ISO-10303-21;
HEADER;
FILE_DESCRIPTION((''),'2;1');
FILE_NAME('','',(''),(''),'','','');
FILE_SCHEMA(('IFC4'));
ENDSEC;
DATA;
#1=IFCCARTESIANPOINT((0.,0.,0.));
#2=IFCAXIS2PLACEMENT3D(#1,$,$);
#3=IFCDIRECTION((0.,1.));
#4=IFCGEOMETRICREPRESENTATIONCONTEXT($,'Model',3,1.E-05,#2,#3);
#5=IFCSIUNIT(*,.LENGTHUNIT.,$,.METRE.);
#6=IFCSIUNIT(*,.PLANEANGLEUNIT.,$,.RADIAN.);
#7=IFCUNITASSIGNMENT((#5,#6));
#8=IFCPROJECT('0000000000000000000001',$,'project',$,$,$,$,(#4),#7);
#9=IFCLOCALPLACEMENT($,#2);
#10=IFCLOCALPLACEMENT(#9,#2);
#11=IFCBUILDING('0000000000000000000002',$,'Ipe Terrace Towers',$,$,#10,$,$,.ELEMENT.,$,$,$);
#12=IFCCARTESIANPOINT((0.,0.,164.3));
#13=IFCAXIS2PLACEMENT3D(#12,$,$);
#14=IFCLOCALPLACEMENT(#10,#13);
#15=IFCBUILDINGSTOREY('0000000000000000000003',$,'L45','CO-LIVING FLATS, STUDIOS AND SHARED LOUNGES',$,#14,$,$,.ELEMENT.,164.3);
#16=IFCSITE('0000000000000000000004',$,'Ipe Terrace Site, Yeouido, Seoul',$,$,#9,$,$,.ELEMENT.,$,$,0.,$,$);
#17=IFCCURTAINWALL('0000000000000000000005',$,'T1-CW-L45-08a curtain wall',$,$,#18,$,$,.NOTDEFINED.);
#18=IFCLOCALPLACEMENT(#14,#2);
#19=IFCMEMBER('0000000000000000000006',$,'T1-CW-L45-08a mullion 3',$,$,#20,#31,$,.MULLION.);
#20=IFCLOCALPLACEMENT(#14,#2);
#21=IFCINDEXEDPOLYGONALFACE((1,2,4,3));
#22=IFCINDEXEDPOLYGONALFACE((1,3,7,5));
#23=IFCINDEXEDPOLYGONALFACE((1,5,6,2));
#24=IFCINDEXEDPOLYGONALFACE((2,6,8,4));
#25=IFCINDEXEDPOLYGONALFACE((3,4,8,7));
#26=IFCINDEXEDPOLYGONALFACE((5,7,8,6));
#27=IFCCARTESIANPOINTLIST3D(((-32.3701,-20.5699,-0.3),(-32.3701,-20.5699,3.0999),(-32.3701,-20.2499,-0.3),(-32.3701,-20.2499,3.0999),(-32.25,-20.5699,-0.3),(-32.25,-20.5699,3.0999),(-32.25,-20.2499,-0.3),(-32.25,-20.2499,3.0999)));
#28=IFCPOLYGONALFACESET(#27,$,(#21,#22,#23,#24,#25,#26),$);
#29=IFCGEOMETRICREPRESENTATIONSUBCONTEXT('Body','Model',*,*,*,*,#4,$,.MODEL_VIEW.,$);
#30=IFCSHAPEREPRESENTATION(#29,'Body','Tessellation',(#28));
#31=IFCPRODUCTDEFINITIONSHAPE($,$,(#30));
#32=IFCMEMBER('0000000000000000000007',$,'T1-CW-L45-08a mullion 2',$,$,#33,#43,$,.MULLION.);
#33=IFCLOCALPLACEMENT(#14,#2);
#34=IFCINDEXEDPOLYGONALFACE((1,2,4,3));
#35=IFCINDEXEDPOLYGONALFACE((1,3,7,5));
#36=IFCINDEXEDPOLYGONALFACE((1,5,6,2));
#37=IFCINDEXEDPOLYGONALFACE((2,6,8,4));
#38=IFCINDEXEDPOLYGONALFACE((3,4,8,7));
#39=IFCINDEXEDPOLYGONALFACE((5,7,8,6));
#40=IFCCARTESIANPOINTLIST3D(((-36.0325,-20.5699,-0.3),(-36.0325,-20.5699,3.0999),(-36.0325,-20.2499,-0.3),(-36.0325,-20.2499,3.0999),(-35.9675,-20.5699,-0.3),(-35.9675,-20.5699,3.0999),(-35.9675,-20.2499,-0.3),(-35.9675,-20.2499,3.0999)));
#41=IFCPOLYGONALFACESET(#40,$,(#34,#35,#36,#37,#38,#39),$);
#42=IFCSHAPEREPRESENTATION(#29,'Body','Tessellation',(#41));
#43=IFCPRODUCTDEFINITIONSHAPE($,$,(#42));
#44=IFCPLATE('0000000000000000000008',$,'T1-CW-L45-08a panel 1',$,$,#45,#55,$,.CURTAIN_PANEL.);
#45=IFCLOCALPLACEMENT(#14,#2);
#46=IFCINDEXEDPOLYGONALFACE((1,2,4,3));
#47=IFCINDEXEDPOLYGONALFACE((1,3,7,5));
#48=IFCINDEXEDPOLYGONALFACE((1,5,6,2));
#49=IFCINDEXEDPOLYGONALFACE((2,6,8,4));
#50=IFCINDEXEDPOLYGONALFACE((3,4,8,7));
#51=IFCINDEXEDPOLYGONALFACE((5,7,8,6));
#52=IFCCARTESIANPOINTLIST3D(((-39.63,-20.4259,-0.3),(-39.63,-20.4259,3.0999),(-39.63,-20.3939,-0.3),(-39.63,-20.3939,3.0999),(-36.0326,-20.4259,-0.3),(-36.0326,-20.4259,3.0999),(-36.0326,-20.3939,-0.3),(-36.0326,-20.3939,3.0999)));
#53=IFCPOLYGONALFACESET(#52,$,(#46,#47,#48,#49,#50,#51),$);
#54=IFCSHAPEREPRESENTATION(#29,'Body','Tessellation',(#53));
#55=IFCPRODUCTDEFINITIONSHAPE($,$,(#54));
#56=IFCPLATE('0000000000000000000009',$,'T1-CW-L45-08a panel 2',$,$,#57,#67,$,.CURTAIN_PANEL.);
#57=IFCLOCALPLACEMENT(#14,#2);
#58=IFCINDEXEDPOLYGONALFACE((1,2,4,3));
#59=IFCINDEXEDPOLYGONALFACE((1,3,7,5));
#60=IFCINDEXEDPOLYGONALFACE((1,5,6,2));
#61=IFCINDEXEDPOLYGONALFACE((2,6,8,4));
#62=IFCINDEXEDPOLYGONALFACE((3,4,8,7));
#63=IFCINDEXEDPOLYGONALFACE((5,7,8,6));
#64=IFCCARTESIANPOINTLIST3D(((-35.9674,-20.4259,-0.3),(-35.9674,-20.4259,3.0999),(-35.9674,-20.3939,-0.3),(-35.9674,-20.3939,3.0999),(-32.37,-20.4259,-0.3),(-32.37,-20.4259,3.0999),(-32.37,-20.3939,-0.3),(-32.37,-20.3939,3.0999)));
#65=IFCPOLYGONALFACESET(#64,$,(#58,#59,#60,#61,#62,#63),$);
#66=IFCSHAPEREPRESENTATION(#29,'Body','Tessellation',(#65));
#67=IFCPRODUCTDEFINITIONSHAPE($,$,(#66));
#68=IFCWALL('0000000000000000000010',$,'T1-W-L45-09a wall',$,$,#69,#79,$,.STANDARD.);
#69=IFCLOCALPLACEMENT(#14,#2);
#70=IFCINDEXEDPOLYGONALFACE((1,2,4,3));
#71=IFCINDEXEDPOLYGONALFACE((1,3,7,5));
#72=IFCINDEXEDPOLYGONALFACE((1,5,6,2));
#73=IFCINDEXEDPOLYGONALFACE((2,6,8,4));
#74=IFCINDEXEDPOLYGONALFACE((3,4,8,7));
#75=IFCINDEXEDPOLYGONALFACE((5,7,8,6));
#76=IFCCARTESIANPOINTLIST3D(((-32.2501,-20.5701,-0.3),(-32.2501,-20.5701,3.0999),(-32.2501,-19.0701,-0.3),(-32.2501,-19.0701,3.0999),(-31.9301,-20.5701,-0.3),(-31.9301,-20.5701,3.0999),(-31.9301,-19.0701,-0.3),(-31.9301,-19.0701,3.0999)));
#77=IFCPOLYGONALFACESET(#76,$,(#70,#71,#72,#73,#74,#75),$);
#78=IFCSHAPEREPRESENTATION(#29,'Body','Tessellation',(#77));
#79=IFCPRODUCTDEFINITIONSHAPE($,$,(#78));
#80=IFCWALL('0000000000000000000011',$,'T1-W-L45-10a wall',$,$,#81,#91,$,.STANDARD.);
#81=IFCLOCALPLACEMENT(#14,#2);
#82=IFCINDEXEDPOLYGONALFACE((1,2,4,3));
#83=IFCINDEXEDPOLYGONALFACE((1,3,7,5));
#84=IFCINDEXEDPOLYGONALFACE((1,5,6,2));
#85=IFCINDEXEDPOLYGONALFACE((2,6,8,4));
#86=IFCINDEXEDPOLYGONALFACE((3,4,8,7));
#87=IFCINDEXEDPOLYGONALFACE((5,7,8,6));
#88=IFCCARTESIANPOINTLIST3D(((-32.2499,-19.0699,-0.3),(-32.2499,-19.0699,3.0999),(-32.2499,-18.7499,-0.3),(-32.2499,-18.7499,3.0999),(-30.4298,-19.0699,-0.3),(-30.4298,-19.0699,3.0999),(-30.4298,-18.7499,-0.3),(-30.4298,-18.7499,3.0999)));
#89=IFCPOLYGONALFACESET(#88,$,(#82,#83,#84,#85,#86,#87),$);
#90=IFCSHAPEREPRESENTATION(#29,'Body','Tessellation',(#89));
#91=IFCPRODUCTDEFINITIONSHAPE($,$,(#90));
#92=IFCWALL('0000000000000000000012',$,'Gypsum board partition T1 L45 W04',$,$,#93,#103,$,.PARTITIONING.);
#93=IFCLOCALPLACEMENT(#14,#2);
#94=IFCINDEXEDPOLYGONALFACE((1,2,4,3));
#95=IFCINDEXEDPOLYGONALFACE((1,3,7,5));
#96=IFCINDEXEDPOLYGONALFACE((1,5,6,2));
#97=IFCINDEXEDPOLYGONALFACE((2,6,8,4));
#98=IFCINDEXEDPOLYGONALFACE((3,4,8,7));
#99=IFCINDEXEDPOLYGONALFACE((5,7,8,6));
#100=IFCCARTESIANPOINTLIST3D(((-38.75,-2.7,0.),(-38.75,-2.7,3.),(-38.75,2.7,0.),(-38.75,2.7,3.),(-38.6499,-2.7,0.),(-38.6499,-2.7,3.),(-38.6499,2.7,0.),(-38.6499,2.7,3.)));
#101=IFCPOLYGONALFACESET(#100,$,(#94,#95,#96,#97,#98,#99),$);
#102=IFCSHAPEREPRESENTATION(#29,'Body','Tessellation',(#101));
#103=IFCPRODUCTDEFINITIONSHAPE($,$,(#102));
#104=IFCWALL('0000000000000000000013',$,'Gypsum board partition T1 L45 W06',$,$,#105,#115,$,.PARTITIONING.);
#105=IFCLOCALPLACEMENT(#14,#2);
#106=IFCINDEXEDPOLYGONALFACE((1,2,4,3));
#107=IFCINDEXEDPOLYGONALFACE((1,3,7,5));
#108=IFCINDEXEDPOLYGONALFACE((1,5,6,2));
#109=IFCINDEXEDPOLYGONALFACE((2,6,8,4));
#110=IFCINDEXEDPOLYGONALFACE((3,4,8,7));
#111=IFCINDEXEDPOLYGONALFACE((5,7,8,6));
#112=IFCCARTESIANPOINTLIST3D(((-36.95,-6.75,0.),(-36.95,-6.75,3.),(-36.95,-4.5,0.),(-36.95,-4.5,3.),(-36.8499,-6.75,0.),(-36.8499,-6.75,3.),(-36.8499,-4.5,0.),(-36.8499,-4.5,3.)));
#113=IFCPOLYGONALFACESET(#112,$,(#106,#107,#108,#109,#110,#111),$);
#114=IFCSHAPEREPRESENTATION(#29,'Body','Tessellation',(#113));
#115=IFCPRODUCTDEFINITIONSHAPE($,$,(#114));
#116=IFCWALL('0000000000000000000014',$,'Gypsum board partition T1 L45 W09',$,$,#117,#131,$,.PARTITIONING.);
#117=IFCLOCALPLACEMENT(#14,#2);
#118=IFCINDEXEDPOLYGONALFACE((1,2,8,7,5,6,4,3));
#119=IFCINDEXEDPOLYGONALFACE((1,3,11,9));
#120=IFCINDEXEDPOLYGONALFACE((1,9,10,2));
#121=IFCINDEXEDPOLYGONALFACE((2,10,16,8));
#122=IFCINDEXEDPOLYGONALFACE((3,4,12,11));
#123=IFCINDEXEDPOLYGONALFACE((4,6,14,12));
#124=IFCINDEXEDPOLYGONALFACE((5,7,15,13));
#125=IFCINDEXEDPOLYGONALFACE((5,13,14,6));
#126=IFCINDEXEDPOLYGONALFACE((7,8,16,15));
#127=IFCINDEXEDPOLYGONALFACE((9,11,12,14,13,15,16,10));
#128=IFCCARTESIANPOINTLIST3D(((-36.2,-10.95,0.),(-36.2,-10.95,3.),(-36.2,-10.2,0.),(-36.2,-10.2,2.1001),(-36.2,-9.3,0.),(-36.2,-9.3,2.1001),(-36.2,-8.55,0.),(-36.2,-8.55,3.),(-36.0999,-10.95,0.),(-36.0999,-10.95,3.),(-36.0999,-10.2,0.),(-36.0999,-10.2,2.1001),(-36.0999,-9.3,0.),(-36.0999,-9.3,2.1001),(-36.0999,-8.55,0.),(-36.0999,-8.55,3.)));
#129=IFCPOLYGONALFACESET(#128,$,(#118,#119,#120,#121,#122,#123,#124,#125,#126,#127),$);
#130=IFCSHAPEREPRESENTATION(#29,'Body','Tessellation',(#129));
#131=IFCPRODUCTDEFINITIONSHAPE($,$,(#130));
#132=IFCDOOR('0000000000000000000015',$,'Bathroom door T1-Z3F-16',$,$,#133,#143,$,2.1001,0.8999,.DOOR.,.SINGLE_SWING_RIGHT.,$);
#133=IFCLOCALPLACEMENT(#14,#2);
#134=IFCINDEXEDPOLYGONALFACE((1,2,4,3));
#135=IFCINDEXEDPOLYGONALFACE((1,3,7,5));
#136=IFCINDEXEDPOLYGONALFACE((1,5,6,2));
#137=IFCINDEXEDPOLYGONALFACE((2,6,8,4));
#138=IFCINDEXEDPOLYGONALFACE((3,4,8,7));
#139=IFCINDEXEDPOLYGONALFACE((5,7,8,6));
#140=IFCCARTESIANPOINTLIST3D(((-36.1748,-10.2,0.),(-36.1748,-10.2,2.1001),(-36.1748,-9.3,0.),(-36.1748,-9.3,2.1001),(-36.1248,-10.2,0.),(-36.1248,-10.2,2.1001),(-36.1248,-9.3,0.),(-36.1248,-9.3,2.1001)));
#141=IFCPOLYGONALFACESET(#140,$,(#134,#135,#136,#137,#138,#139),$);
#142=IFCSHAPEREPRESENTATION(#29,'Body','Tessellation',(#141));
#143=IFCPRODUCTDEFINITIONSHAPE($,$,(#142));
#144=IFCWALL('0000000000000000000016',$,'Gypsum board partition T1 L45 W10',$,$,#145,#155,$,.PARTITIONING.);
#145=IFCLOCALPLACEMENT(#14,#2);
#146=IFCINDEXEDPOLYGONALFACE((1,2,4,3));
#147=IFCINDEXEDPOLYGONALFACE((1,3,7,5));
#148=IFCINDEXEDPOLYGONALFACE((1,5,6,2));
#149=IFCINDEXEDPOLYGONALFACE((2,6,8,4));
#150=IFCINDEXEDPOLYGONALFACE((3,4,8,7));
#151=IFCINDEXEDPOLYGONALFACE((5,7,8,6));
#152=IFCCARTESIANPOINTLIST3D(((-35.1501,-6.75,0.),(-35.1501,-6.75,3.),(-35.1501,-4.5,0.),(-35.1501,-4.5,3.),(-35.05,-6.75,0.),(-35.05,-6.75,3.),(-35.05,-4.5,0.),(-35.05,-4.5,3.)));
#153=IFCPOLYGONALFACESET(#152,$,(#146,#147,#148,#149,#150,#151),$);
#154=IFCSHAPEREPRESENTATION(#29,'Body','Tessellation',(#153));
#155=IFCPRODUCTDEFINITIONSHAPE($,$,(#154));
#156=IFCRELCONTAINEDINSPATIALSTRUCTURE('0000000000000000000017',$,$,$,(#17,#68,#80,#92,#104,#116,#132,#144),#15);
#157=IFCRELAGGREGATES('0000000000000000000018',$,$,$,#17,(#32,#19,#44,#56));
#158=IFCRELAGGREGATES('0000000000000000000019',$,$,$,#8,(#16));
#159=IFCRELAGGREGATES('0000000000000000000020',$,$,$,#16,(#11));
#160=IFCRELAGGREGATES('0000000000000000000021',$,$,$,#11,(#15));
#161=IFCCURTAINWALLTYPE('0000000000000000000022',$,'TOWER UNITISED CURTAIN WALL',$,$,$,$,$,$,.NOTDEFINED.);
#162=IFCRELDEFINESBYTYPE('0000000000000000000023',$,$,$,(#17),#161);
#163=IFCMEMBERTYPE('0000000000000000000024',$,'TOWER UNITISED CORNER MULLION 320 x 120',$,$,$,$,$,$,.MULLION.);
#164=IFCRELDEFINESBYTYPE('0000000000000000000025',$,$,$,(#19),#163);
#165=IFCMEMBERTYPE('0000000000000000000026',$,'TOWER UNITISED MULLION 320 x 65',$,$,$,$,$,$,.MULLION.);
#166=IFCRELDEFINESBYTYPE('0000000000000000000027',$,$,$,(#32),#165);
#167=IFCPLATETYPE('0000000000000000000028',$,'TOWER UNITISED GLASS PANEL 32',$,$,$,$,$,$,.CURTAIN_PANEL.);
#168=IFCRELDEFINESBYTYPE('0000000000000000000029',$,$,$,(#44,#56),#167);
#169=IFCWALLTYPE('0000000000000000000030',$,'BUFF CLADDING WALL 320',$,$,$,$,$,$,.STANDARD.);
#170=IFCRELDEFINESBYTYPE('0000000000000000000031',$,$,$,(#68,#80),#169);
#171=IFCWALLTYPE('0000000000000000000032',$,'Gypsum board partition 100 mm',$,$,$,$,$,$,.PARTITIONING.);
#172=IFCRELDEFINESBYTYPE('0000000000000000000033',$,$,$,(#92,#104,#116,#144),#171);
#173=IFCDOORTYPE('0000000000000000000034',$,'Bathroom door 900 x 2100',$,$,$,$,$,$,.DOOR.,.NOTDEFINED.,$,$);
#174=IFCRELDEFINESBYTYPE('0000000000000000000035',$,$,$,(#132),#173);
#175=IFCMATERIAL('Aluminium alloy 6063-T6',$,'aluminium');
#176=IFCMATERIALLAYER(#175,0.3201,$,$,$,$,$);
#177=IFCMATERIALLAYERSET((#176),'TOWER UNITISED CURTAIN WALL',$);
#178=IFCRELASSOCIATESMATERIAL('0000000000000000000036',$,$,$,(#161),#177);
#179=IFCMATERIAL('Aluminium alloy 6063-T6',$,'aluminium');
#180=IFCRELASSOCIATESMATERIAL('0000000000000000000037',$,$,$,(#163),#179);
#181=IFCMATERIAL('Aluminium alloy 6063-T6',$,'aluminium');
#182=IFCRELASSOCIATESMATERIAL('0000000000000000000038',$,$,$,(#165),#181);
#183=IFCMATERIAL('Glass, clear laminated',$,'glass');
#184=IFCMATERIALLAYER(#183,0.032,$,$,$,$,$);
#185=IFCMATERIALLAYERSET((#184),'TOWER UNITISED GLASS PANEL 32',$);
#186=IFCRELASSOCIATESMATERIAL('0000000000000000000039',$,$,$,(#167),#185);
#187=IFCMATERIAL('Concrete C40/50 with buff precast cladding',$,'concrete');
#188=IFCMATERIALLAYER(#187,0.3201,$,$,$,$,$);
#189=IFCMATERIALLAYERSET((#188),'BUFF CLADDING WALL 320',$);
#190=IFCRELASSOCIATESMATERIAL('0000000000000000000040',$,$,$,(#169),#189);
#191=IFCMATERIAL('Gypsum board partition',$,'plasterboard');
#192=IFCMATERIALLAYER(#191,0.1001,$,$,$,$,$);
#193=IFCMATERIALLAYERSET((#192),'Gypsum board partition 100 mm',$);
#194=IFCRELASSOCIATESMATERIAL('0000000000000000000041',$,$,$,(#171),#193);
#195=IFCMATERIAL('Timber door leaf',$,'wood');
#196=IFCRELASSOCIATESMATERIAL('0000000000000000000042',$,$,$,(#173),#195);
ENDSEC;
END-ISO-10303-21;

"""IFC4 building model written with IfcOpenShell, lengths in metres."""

from ifc_helpers import new_model, si_unit, direction, frame, frame_2d, origin, origin_2d, place, context, subcontext, project, spatial, rectangle, extrude, material, layer, layer_set, material_profile, profile_set, type_object, element, fill, aggregate, save


model = new_model("IFC4")

# Units and contexts
model_context = context("Model", 3, precision=1e-05, world=origin(), true_north=direction((0.0, 1.0)))
body_context = subcontext(model_context, "Body", "Model", "MODEL_VIEW")
ifc_project = project(units=[si_unit("LENGTHUNIT", "METRE"), si_unit("PLANEANGLEUNIT", "RADIAN")], contexts=[model_context])

# Site, building, storey
site_placement = place(None, origin())
site = spatial("IfcSite", under=ifc_project, at=site_placement, Name="Ipe Terrace Site, Yeouido, Seoul", CompositionType="ELEMENT", RefElevation=0.0)
building_placement = place(site_placement, origin())
building = spatial("IfcBuilding", under=site, at=building_placement, Name="Ipe Terrace Towers", CompositionType="ELEMENT")
storey_placement = place(building_placement, frame((0.0, 0.0, 164.3)))
storey = spatial("IfcBuildingStorey", under=building, at=storey_placement, Name="L45", Description="CO-LIVING FLATS, STUDIOS AND SHARED LOUNGES", CompositionType="ELEMENT", Elevation=164.3)

# Curtain wall, members, plates
ifc_material_1 = material(Name="Aluminium alloy 6063-T6", Category="aluminium")
ifc_layer_1 = layer(ifc_material_1, 0.3201)
ifc_layer_set_1 = layer_set([ifc_layer_1], Name="TOWER UNITISED CURTAIN WALL")
curtain_wall_type = type_object("IfcCurtainWallType", Name="TOWER UNITISED CURTAIN WALL", PredefinedType="NOTDEFINED", material=ifc_layer_set_1)
curtain_wall_placement = place(storey_placement, origin())
curtain_wall = element("IfcCurtainWall", 1, at=curtain_wall_placement, inside=storey, type_object=curtain_wall_type, Name="T1-CW-L45-08a curtain wall", PredefinedType="NOTDEFINED")
ifc_material_2 = material(Name="Aluminium alloy 6063-T6", Category="aluminium")
ifc_material_profile_1 = material_profile(ifc_material_2, rectangle(XDim=0.3201, YDim=0.1201, at=origin_2d()), Name="TOWER UNITISED CORNER MULLION 320 x 120")
ifc_profile_set_1 = profile_set([ifc_material_profile_1], Name="Aluminium alloy 6063-T6")
member_type_1 = type_object("IfcMemberType", Name="TOWER UNITISED CORNER MULLION 320 x 120", PredefinedType="MULLION", material=ifc_profile_set_1)
member_1_placement = place(storey_placement, frame((-32.3101, -20.4099, -0.3), z_axis=(0.0, 0.0, 1.0), x_axis=(0.0, -1.0, 0.0)))
member_1 = element("IfcMember", 2, at=member_1_placement, type_object=member_type_1, Name="T1-CW-L45-08a mullion 3", PredefinedType="MULLION", context=body_context, shape_type="SweptSolid", body=[
    extrude(rectangle(XDim=0.3201, YDim=0.1201, at=origin_2d()), origin(), (0.0, 0.0, 1.0), 3.3999),
])
ifc_material_3 = material(Name="Aluminium alloy 6063-T6", Category="aluminium")
ifc_material_profile_2 = material_profile(ifc_material_3, rectangle(XDim=0.3201, YDim=0.0649, at=origin_2d()), Name="TOWER UNITISED MULLION 320 x 65")
ifc_profile_set_2 = profile_set([ifc_material_profile_2], Name="Aluminium alloy 6063-T6")
member_type_2 = type_object("IfcMemberType", Name="TOWER UNITISED MULLION 320 x 65", PredefinedType="MULLION", material=ifc_profile_set_2)
member_2_placement = place(storey_placement, frame((-36.0, -20.4099, -0.3), z_axis=(0.0, 0.0, 1.0), x_axis=(0.0, -1.0, 0.0)))
member_2 = element("IfcMember", 3, at=member_2_placement, type_object=member_type_2, Name="T1-CW-L45-08a mullion 2", PredefinedType="MULLION", context=body_context, shape_type="SweptSolid", body=[
    extrude(rectangle(XDim=0.3201, YDim=0.0649, at=origin_2d()), origin(), (0.0, 0.0, 1.0), 3.3999),
])
ifc_material_4 = material(Name="Glass, clear laminated", Category="glass")
ifc_layer_2 = layer(ifc_material_4, 0.032)
ifc_layer_set_2 = layer_set([ifc_layer_2], Name="TOWER UNITISED GLASS PANEL 32")
plate_type = type_object("IfcPlateType", Name="TOWER UNITISED GLASS PANEL 32", PredefinedType="CURTAIN_PANEL", material=ifc_layer_set_2)
plate_1_placement = place(storey_placement, frame((-37.8313, -20.4099, -0.3), z_axis=(0.0, 0.0, 1.0), x_axis=(1.0, 0.0, 0.0)))
plate_1 = element("IfcPlate", 4, at=plate_1_placement, type_object=plate_type, Name="T1-CW-L45-08a panel 1", PredefinedType="CURTAIN_PANEL", context=body_context, shape_type="SweptSolid", body=[
    extrude(rectangle(XDim=3.5974, YDim=0.032, at=origin_2d()), origin(), (0.0, 0.0, 1.0), 3.3999),
])
plate_2_placement = place(storey_placement, frame((-34.1687, -20.4099, -0.3), z_axis=(0.0, 0.0, 1.0), x_axis=(1.0, 0.0, 0.0)))
plate_2 = element("IfcPlate", 5, at=plate_2_placement, type_object=plate_type, Name="T1-CW-L45-08a panel 2", PredefinedType="CURTAIN_PANEL", context=body_context, shape_type="SweptSolid", body=[
    extrude(rectangle(XDim=3.5974, YDim=0.032, at=origin_2d()), origin(), (0.0, 0.0, 1.0), 3.3999),
])
aggregate(curtain_wall, [member_2, member_1, plate_1, plate_2])

# Walls
ifc_material_5 = material(Name="Concrete C40/50 with buff precast cladding", Category="concrete")
ifc_layer_3 = layer(ifc_material_5, 0.3201)
ifc_layer_set_3 = layer_set([ifc_layer_3], Name="BUFF CLADDING WALL 320")
wall_type_1 = type_object("IfcWallType", Name="BUFF CLADDING WALL 320", PredefinedType="STANDARD", material=ifc_layer_set_3)
wall_1_placement = place(storey_placement, frame((-32.0901, -20.5701, -0.3), z_axis=(0.0, 0.0, 1.0), x_axis=(0.0, 1.0, 0.0)))
element("IfcWall", 6, at=wall_1_placement, inside=storey, type_object=wall_type_1, Name="T1-W-L45-09a wall", PredefinedType="STANDARD", context=body_context, shape_type="SweptSolid", body=[
    extrude(rectangle(XDim=1.5, YDim=0.3201, at=frame_2d((0.75, 0.0))), origin(), (0.0, 0.0, 1.0), 3.3999),
])
wall_2_placement = place(storey_placement, frame((-32.25, -18.9099, -0.3), z_axis=(0.0, 0.0, 1.0), x_axis=(1.0, 0.0, 0.0)))
element("IfcWall", 7, at=wall_2_placement, inside=storey, type_object=wall_type_1, Name="T1-W-L45-10a wall", PredefinedType="STANDARD", context=body_context, shape_type="SweptSolid", body=[
    extrude(rectangle(XDim=1.8201, YDim=0.3201, at=frame_2d((0.9102, 0.0))), origin(), (0.0, 0.0, 1.0), 3.3999),
])
ifc_material_6 = material(Name="Gypsum board partition", Category="plasterboard")
ifc_layer_4 = layer(ifc_material_6, 0.1001)
ifc_layer_set_4 = layer_set([ifc_layer_4], Name="Gypsum board partition 100 mm")
wall_type_2 = type_object("IfcWallType", Name="Gypsum board partition 100 mm", PredefinedType="PARTITIONING", material=ifc_layer_set_4)
wall_3_placement = place(storey_placement, frame((-38.7, -2.7, 0.0), z_axis=(0.0, 0.0, 1.0), x_axis=(0.0, 1.0, 0.0)))
element("IfcWall", 8, at=wall_3_placement, inside=storey, type_object=wall_type_2, Name="Gypsum board partition T1 L45 W04", PredefinedType="PARTITIONING", context=body_context, shape_type="SweptSolid", body=[
    extrude(rectangle(XDim=5.3999, YDim=0.1001, at=frame_2d((2.7, 0.0))), origin(), (0.0, 0.0, 1.0), 3.0),
])
wall_4_placement = place(storey_placement, frame((-36.8999, -6.75, 0.0), z_axis=(0.0, 0.0, 1.0), x_axis=(0.0, 1.0, 0.0)))
element("IfcWall", 9, at=wall_4_placement, inside=storey, type_object=wall_type_2, Name="Gypsum board partition T1 L45 W06", PredefinedType="PARTITIONING", context=body_context, shape_type="SweptSolid", body=[
    extrude(rectangle(XDim=2.25, YDim=0.1001, at=frame_2d((1.125, 0.0))), origin(), (0.0, 0.0, 1.0), 3.0),
])

# Wall, opening, door
wall_5_placement = place(storey_placement, frame((-36.1499, -10.95, 0.0), z_axis=(0.0, 0.0, 1.0), x_axis=(0.0, 1.0, 0.0)))
wall_5 = element("IfcWall", 10, at=wall_5_placement, inside=storey, type_object=wall_type_2, Name="Gypsum board partition T1 L45 W09", PredefinedType="PARTITIONING", context=body_context, shape_type="SweptSolid", body=[
    extrude(rectangle(XDim=2.3999, YDim=0.1001, at=frame_2d((1.2, 0.0))), origin(), (0.0, 0.0, 1.0), 3.0),
])
opening_1_placement = place(wall_5_placement, frame((0.75, 0.0, 0.0)))
opening_1 = element("IfcOpeningElement", 11, at=opening_1_placement, cuts=wall_5, PredefinedType="OPENING", context=body_context, shape_type="SweptSolid", body=[
    extrude(rectangle(XDim=0.8999, YDim=2.1001, at=frame_2d((0.45, 1.05))), frame((0.0, 0.0601, 0.0), z_axis=(0.0, -1.0, 0.0), x_axis=(1.0, 0.0, 0.0)), (0.0, 0.0, 1.0), 0.1201),
])
ifc_material_7 = material(Name="Timber door leaf", Category="wood")
door_type_1 = type_object("IfcDoorType", Name="Bathroom door 900 x 2100", OperationType="NOTDEFINED", PredefinedType="DOOR", material=ifc_material_7)
door_1_placement = place(opening_1_placement, origin())
door_1 = element("IfcDoor", 12, at=door_1_placement, inside=storey, type_object=door_type_1, Name="Bathroom door T1-Z3F-16", OperationType="SINGLE_SWING_RIGHT", OverallHeight=2.1001, OverallWidth=0.8999, PredefinedType="DOOR", context=body_context, shape_type="SweptSolid", body=[
    extrude(rectangle(XDim=0.8999, YDim=2.1001, at=frame_2d((0.45, 1.05))), frame((0.0, 0.0249, 0.0), z_axis=(0.0, -1.0, 0.0), x_axis=(1.0, 0.0, 0.0)), (0.0, 0.0, 1.0), 0.05),
])
fill(opening_1, door_1)

# Wall
wall_6_placement = place(storey_placement, frame((-35.1001, -6.75, 0.0), z_axis=(0.0, 0.0, 1.0), x_axis=(0.0, 1.0, 0.0)))
element("IfcWall", 13, at=wall_6_placement, inside=storey, type_object=wall_type_2, Name="Gypsum board partition T1 L45 W10", PredefinedType="PARTITIONING", context=body_context, shape_type="SweptSolid", body=[
    extrude(rectangle(XDim=2.25, YDim=0.1001, at=frame_2d((1.125, 0.0))), origin(), (0.0, 0.0, 1.0), 3.0),
])

save(model, "model.ifc")
